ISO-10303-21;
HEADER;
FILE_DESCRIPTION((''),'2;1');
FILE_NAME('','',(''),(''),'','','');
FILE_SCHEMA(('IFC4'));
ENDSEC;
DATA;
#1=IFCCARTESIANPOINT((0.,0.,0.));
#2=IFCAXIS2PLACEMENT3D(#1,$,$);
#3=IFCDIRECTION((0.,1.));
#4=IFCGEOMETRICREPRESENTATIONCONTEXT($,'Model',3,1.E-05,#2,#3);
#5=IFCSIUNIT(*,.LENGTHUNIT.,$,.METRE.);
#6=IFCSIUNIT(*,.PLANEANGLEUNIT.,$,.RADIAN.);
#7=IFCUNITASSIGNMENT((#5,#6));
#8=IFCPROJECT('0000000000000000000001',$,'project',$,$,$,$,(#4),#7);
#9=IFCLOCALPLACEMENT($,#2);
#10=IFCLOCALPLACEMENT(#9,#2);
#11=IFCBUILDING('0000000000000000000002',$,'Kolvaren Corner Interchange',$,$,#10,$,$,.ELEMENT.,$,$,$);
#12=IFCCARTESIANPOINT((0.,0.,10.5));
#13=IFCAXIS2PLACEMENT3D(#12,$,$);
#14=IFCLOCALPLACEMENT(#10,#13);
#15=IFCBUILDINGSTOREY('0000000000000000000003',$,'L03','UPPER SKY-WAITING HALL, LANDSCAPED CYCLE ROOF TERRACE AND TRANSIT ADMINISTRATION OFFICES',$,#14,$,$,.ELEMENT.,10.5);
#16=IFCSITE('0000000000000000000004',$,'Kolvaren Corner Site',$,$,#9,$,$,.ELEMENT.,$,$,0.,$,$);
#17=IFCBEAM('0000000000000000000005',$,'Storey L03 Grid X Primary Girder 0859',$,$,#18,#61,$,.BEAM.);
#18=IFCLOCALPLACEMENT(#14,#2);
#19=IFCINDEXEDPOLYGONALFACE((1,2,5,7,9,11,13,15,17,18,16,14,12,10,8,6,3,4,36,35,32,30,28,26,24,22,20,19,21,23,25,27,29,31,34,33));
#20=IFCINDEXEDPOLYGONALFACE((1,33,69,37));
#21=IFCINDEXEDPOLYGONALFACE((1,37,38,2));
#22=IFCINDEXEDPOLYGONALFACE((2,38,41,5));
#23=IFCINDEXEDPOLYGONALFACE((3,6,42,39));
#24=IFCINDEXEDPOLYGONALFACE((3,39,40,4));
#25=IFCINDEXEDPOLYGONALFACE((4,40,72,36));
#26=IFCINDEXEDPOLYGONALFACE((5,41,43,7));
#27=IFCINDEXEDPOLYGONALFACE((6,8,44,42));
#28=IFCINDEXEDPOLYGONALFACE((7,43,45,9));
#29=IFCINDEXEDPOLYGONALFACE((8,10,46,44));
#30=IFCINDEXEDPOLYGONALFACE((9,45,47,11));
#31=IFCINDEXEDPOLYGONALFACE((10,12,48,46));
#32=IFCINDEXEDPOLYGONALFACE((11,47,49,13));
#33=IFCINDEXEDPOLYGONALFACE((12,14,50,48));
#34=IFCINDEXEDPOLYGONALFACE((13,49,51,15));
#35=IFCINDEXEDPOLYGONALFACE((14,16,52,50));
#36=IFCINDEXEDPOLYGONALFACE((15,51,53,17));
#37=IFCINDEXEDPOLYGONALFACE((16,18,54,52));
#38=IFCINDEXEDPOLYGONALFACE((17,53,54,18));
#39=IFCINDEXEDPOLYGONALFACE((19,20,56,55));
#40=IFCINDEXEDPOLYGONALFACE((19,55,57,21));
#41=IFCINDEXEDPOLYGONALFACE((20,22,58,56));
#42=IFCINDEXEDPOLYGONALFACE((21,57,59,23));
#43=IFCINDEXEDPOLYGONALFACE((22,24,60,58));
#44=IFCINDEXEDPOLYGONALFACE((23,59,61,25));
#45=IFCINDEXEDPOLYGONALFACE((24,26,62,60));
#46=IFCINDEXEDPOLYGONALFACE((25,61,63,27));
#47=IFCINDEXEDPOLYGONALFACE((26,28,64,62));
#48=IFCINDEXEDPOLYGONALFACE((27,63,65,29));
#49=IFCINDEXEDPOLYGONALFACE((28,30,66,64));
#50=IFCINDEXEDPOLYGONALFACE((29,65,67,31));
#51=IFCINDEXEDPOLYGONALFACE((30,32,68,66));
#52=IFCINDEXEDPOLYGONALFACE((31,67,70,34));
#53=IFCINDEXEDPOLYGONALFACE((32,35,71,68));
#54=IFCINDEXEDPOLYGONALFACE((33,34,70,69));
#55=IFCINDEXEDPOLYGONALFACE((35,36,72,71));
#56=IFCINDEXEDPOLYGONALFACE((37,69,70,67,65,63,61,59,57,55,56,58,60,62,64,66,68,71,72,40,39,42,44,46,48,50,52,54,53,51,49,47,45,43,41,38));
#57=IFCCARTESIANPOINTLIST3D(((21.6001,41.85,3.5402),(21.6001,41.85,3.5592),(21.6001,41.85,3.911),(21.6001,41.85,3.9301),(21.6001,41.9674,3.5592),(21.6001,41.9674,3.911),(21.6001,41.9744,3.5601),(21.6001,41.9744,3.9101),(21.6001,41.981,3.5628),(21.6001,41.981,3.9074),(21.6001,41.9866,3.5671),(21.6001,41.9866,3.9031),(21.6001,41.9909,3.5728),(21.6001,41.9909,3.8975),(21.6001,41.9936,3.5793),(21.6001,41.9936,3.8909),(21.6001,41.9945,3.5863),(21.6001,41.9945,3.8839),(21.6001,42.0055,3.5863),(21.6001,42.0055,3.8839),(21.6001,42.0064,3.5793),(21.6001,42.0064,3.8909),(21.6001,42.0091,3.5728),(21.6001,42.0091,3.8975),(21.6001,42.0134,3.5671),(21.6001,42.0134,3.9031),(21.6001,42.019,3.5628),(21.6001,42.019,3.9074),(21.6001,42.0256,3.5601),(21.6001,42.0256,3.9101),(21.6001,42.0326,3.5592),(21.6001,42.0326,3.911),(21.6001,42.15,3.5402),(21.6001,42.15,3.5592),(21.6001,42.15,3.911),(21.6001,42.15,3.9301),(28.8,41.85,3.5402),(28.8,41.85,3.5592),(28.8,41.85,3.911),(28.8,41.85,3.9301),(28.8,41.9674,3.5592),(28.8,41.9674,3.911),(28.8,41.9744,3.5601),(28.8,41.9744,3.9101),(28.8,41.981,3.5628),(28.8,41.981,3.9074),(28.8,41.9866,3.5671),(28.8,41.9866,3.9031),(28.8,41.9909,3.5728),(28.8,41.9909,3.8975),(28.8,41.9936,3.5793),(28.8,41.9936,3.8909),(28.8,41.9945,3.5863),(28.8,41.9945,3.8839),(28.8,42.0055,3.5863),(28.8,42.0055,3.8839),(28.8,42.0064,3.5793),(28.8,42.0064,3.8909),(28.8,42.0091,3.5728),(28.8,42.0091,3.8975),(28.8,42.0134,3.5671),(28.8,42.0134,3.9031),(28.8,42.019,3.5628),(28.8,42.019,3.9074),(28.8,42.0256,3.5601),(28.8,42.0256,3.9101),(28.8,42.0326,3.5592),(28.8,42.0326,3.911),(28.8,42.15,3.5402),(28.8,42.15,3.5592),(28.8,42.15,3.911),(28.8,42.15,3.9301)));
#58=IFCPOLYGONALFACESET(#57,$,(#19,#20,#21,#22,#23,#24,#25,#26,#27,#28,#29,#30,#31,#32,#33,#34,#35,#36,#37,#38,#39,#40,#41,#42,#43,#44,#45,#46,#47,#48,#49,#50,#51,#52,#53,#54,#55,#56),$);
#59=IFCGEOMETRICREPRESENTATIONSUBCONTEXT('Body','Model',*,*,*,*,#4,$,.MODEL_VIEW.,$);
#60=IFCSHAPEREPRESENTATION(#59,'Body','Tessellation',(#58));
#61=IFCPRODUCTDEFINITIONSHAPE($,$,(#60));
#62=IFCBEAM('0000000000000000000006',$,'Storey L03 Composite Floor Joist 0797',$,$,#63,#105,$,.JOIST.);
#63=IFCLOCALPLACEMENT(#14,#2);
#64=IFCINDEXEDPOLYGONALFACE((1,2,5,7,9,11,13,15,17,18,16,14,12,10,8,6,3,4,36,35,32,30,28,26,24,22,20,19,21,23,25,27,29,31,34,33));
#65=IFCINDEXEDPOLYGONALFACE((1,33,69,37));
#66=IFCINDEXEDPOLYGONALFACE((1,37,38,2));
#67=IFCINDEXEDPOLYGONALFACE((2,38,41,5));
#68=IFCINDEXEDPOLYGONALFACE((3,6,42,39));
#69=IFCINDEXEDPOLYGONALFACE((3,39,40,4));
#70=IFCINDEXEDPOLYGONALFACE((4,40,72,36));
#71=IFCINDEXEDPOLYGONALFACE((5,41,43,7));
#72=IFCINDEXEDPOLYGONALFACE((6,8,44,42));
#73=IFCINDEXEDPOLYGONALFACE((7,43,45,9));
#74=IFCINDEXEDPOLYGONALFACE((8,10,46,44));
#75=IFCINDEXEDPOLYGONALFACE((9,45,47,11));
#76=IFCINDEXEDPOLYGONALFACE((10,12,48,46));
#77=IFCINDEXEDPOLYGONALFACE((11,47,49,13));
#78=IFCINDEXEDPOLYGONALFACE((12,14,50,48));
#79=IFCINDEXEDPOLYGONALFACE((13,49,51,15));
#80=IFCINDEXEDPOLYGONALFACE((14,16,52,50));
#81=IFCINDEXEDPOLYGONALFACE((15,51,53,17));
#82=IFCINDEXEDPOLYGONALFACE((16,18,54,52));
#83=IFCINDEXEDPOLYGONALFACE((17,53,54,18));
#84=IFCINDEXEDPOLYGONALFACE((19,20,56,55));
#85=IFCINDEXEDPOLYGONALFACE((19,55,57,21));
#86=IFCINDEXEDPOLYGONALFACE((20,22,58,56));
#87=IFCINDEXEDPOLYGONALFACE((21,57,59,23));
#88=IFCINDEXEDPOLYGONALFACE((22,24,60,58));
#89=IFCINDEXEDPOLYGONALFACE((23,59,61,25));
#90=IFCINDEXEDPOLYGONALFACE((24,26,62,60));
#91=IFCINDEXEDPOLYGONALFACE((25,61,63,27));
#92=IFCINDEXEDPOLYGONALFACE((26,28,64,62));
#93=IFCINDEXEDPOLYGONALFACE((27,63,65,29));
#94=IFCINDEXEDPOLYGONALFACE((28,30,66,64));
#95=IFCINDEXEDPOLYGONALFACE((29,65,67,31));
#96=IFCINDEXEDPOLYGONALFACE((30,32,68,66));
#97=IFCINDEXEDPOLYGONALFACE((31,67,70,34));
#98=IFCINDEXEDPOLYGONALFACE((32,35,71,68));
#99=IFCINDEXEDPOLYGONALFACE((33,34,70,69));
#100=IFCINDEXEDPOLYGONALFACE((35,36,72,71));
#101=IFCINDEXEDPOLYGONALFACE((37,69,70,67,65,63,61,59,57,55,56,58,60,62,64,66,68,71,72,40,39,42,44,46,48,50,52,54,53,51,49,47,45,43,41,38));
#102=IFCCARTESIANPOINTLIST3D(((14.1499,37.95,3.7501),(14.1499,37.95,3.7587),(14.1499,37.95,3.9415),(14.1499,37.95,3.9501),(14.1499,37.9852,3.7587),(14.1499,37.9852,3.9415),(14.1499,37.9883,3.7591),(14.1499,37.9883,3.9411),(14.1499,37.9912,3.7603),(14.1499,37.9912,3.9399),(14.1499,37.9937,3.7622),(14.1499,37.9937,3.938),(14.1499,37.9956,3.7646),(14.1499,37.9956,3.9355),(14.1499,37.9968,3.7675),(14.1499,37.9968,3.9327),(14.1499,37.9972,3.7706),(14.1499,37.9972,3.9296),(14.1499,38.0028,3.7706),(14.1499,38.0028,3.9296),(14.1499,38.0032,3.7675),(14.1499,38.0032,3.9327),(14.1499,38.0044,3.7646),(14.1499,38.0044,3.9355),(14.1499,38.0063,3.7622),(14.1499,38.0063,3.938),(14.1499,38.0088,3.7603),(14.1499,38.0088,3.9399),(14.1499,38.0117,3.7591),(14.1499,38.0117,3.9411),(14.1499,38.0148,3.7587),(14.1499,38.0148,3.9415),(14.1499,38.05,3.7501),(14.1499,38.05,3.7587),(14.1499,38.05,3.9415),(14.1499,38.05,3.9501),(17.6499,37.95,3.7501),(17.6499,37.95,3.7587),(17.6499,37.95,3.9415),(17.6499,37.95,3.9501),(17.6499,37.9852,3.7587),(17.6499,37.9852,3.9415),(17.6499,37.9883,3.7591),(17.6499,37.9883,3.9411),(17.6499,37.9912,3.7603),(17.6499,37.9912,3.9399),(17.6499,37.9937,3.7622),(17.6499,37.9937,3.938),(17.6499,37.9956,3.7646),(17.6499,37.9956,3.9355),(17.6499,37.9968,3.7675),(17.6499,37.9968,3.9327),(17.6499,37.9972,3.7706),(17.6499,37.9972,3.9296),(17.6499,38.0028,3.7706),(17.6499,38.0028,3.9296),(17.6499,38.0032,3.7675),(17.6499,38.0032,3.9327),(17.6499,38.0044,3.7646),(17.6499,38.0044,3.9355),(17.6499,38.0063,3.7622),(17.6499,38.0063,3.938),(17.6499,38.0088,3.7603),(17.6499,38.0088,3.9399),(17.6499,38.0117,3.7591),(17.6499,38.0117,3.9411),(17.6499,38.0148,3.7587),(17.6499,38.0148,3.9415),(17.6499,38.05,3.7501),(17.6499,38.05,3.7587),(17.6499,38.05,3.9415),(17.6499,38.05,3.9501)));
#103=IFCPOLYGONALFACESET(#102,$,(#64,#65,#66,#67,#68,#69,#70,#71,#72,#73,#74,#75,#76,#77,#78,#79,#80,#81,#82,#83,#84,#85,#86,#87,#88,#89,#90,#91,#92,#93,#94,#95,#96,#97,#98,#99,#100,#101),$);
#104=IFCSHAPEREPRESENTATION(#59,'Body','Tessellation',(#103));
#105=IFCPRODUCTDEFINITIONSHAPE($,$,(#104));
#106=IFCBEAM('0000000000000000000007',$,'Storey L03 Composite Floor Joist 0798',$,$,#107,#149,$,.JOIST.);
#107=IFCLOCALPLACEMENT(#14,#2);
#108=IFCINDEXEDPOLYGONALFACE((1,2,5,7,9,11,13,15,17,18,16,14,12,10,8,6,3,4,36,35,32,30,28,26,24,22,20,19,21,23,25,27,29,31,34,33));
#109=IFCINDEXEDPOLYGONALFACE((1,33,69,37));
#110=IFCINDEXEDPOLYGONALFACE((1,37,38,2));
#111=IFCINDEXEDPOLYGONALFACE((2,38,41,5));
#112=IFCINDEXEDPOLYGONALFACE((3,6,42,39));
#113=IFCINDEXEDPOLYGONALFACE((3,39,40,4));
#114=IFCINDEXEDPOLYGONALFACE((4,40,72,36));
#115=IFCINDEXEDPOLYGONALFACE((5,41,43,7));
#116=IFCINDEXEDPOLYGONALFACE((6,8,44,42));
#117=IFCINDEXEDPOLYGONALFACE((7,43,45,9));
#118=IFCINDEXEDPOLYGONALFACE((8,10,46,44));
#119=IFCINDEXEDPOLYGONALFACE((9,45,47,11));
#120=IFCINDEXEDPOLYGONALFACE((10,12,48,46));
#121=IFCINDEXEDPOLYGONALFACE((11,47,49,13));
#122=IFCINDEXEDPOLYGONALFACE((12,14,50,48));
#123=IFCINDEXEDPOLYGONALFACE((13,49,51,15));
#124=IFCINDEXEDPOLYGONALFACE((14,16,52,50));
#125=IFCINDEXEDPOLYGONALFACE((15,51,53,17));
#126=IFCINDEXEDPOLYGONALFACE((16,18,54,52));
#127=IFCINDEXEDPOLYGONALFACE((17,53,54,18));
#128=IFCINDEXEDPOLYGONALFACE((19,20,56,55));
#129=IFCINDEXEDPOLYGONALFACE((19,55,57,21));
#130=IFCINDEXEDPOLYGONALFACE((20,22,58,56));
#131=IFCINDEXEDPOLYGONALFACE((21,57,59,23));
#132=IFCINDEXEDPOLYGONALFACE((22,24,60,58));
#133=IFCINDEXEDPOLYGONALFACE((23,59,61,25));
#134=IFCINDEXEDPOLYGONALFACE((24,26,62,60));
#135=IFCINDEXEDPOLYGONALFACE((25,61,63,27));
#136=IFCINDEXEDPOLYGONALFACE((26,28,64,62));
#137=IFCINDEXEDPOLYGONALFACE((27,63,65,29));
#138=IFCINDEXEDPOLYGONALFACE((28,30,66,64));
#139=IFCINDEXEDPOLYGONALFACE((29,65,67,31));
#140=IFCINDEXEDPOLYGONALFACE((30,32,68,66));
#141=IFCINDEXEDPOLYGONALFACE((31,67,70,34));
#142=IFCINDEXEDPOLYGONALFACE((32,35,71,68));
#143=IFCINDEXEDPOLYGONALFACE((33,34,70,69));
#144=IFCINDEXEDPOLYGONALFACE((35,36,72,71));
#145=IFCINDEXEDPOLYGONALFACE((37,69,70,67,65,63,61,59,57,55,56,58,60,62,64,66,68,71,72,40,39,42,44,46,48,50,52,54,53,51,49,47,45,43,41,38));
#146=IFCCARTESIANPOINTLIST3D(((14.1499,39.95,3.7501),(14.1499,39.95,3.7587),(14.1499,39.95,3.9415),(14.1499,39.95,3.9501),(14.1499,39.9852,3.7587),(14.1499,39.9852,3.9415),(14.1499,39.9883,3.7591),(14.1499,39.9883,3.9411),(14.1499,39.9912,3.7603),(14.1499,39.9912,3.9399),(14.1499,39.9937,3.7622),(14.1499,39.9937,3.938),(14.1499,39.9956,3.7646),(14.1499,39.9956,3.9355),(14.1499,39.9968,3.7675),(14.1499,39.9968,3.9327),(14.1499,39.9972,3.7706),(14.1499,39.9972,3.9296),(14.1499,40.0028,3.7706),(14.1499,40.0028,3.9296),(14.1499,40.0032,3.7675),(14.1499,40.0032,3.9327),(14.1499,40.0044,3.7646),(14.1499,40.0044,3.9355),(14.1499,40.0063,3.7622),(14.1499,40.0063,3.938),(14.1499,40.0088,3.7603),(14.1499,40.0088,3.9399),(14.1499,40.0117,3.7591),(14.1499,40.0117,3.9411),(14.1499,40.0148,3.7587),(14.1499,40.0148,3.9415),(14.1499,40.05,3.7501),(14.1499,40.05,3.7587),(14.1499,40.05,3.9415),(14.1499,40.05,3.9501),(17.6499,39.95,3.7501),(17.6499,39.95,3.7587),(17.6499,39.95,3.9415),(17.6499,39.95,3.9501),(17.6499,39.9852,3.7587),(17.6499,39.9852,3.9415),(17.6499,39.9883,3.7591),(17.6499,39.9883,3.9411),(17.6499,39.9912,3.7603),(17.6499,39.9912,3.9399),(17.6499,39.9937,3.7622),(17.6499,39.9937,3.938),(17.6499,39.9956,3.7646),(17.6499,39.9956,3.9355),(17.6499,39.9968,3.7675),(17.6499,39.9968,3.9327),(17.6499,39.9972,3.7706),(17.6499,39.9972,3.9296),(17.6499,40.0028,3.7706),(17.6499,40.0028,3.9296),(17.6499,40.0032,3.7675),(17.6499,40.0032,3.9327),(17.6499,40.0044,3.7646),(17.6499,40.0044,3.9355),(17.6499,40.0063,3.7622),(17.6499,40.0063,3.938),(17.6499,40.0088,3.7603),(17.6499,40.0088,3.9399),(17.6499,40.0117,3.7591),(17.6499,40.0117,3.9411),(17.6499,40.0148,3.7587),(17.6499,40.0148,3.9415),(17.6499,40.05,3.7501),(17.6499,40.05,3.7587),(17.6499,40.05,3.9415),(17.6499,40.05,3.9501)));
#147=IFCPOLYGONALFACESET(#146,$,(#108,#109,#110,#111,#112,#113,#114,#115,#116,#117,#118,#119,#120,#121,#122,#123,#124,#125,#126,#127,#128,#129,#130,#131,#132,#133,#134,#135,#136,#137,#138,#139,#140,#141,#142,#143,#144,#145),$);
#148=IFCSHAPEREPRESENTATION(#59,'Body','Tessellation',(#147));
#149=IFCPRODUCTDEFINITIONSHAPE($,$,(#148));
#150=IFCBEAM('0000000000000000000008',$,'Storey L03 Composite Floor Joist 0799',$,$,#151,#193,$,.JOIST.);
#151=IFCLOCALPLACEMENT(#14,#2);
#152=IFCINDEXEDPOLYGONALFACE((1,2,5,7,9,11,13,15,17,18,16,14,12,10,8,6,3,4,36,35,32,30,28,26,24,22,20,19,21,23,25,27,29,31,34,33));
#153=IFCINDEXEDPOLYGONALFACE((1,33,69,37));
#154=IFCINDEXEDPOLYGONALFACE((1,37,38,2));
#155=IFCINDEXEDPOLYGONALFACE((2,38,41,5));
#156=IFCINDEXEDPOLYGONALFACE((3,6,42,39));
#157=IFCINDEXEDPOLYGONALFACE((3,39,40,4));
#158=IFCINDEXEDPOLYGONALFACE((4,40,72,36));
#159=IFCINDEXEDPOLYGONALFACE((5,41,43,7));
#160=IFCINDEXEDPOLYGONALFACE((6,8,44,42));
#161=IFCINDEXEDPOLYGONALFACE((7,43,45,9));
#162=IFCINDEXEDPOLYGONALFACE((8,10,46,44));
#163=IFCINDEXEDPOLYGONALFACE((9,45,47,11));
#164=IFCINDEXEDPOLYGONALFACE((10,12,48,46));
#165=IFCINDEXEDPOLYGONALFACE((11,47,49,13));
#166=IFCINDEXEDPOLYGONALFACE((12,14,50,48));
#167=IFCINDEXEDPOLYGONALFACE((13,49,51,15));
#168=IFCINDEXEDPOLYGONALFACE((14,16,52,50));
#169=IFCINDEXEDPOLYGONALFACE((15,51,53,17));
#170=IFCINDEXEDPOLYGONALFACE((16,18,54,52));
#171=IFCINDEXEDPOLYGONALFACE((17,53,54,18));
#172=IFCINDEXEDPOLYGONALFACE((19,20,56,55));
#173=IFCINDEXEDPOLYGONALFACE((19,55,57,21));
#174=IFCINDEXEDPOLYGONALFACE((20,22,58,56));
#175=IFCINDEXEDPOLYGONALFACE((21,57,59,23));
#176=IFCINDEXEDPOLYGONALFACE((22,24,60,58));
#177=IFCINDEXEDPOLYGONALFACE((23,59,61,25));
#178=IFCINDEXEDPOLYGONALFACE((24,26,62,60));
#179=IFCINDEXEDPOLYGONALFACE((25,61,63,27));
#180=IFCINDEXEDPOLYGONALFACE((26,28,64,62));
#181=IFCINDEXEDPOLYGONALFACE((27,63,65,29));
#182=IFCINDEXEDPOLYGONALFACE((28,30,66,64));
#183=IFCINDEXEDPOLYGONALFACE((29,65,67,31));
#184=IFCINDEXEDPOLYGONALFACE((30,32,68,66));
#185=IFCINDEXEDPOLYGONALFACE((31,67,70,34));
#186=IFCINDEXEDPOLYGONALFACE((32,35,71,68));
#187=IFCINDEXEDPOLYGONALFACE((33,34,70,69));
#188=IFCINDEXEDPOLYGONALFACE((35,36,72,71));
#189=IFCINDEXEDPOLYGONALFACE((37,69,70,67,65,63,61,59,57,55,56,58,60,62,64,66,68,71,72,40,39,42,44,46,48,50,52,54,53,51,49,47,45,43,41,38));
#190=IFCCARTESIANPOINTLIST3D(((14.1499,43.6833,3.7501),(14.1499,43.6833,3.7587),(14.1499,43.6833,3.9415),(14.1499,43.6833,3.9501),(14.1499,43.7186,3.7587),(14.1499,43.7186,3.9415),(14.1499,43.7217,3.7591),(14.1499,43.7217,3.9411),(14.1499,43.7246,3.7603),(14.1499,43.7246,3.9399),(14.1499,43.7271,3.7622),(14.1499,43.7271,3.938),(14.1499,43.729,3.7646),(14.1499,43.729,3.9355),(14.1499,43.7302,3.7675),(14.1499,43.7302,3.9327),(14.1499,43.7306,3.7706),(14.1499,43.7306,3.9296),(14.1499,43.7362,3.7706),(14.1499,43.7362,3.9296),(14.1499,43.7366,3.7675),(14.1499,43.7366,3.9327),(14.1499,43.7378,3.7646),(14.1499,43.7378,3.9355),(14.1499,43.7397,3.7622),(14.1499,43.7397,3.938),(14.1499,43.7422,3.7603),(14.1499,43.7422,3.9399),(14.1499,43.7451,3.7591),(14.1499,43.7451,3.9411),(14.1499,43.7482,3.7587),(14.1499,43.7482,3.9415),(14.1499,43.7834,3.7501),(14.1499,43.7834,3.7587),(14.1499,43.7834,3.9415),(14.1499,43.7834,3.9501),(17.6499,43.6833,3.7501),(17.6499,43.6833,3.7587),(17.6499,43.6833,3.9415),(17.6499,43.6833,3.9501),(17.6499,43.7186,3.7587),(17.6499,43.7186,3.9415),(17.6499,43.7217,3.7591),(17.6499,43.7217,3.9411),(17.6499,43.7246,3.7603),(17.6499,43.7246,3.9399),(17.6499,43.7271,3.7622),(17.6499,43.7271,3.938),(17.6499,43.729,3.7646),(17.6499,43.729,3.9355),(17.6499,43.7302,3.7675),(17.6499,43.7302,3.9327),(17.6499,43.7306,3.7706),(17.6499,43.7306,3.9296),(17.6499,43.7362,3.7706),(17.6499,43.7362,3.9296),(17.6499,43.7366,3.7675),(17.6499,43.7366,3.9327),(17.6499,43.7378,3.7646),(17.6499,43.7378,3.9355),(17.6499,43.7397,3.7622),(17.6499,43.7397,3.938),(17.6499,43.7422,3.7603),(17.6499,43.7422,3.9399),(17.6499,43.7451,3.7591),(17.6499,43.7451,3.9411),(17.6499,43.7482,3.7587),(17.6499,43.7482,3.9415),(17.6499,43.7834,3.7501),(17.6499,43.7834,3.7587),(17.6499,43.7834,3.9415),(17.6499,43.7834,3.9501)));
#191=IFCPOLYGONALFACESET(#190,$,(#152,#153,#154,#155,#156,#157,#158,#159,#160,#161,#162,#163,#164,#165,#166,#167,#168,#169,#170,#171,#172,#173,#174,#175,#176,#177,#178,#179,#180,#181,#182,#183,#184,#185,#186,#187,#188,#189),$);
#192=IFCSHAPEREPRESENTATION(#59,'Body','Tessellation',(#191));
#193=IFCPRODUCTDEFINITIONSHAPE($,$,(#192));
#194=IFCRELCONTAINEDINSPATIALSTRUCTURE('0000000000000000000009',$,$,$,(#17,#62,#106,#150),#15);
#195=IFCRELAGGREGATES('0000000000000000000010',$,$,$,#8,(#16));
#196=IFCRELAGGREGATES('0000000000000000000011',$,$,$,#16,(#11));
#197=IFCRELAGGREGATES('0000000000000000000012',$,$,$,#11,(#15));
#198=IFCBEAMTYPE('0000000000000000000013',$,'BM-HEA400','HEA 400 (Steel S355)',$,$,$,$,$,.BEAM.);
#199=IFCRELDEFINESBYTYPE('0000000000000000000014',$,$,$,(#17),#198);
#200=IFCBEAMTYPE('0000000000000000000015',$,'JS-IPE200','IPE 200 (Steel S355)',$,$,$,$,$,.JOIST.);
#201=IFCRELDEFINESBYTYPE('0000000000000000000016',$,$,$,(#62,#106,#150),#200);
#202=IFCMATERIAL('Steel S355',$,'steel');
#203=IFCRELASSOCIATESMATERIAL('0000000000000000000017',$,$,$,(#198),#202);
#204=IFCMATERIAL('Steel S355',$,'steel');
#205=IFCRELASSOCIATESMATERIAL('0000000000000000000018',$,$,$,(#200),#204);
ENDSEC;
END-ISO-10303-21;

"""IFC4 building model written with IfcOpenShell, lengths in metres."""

from ifc_helpers import new_model, si_unit, direction, frame, origin, origin_2d, place, context, subcontext, project, spatial, i_section, extrude, material, material_profile, profile_set, type_object, element, save


model = new_model("IFC4")

# Units and contexts
model_context = context("Model", 3, precision=1e-05, world=origin(), true_north=direction((0.0, 1.0)))
body_context = subcontext(model_context, "Body", "Model", "MODEL_VIEW")
ifc_project = project(units=[si_unit("LENGTHUNIT", "METRE"), si_unit("PLANEANGLEUNIT", "RADIAN")], contexts=[model_context])

# Site, building, storey
site_placement = place(None, origin())
site = spatial("IfcSite", under=ifc_project, at=site_placement, Name="Kolvaren Corner Site", CompositionType="ELEMENT", RefElevation=0.0)
building_placement = place(site_placement, origin())
building = spatial("IfcBuilding", under=site, at=building_placement, Name="Kolvaren Corner Interchange", CompositionType="ELEMENT")
storey_placement = place(building_placement, frame((0.0, 0.0, 10.5)))
storey = spatial("IfcBuildingStorey", under=building, at=storey_placement, Name="L03", Description="UPPER SKY-WAITING HALL, LANDSCAPED CYCLE ROOF TERRACE AND TRANSIT ADMINISTRATION OFFICES", CompositionType="ELEMENT", Elevation=10.5)

# Beams
ifc_material_1 = material(Name="Steel S355", Category="steel")
ifc_material_profile_1 = material_profile(ifc_material_1, i_section(OverallWidth=0.3, OverallDepth=0.3899, WebThickness=0.011, FlangeThickness=0.019, FilletRadius=0.0271, at=origin_2d()), Name="HEA 400")
ifc_profile_set_1 = profile_set([ifc_material_profile_1], Name="Steel S355")
beam_type_1 = type_object("IfcBeamType", Name="BM-HEA400", Description="HEA 400 (Steel S355)", PredefinedType="BEAM", material=ifc_profile_set_1)
beam_placement = place(storey_placement, frame((21.6001, 42.0, 3.7351), z_axis=(1.0, 0.0, 0.0), x_axis=(0.0, 1.0, 0.0)))
element("IfcBeam", 1, at=beam_placement, inside=storey, type_object=beam_type_1, Name="Storey L03 Grid X Primary Girder 0859", PredefinedType="BEAM", context=body_context, shape_type="SweptSolid", body=[
    extrude(i_section(OverallWidth=0.3, OverallDepth=0.3899, WebThickness=0.011, FlangeThickness=0.019, FilletRadius=0.0271, at=origin_2d()), origin(), (0.0, 0.0, 1.0), 7.2),
])
ifc_material_2 = material(Name="Steel S355", Category="steel")
ifc_material_profile_2 = material_profile(ifc_material_2, i_section(OverallWidth=0.1001, OverallDepth=0.2, WebThickness=0.0056, FlangeThickness=0.0085, FilletRadius=0.012, at=origin_2d()), Name="IPE 200")
ifc_profile_set_2 = profile_set([ifc_material_profile_2], Name="Steel S355")
beam_type_2 = type_object("IfcBeamType", Name="JS-IPE200", Description="IPE 200 (Steel S355)", PredefinedType="JOIST", material=ifc_profile_set_2)
for number, where, z_axis, x_axis, name in (
    (2, (14.1499, 38.0, 3.8501), (1.0, 0.0, 0.0), (0.0, 1.0, 0.0), "Storey L03 Composite Floor Joist 0797"),
    (3, (14.1499, 40.0, 3.8501), (1.0, 0.0, 0.0), (0.0, 1.0, 0.0), "Storey L03 Composite Floor Joist 0798"),
    (4, (14.1499, 43.7334, 3.8501), (1.0, 0.0, 0.0), (0.0, 1.0, 0.0), "Storey L03 Composite Floor Joist 0799"),
):
    element("IfcBeam", number, at=place(storey_placement, frame(where, z_axis=z_axis, x_axis=x_axis)), inside=storey, type_object=beam_type_2, Name=name, PredefinedType="JOIST", context=body_context, shape_type="SweptSolid", body=[
        extrude(i_section(OverallWidth=0.1001, OverallDepth=0.2, WebThickness=0.0056, FlangeThickness=0.0085, FilletRadius=0.012, at=origin_2d()), origin(), (0.0, 0.0, 1.0), 3.5),
    ])

save(model, "model.ifc")
